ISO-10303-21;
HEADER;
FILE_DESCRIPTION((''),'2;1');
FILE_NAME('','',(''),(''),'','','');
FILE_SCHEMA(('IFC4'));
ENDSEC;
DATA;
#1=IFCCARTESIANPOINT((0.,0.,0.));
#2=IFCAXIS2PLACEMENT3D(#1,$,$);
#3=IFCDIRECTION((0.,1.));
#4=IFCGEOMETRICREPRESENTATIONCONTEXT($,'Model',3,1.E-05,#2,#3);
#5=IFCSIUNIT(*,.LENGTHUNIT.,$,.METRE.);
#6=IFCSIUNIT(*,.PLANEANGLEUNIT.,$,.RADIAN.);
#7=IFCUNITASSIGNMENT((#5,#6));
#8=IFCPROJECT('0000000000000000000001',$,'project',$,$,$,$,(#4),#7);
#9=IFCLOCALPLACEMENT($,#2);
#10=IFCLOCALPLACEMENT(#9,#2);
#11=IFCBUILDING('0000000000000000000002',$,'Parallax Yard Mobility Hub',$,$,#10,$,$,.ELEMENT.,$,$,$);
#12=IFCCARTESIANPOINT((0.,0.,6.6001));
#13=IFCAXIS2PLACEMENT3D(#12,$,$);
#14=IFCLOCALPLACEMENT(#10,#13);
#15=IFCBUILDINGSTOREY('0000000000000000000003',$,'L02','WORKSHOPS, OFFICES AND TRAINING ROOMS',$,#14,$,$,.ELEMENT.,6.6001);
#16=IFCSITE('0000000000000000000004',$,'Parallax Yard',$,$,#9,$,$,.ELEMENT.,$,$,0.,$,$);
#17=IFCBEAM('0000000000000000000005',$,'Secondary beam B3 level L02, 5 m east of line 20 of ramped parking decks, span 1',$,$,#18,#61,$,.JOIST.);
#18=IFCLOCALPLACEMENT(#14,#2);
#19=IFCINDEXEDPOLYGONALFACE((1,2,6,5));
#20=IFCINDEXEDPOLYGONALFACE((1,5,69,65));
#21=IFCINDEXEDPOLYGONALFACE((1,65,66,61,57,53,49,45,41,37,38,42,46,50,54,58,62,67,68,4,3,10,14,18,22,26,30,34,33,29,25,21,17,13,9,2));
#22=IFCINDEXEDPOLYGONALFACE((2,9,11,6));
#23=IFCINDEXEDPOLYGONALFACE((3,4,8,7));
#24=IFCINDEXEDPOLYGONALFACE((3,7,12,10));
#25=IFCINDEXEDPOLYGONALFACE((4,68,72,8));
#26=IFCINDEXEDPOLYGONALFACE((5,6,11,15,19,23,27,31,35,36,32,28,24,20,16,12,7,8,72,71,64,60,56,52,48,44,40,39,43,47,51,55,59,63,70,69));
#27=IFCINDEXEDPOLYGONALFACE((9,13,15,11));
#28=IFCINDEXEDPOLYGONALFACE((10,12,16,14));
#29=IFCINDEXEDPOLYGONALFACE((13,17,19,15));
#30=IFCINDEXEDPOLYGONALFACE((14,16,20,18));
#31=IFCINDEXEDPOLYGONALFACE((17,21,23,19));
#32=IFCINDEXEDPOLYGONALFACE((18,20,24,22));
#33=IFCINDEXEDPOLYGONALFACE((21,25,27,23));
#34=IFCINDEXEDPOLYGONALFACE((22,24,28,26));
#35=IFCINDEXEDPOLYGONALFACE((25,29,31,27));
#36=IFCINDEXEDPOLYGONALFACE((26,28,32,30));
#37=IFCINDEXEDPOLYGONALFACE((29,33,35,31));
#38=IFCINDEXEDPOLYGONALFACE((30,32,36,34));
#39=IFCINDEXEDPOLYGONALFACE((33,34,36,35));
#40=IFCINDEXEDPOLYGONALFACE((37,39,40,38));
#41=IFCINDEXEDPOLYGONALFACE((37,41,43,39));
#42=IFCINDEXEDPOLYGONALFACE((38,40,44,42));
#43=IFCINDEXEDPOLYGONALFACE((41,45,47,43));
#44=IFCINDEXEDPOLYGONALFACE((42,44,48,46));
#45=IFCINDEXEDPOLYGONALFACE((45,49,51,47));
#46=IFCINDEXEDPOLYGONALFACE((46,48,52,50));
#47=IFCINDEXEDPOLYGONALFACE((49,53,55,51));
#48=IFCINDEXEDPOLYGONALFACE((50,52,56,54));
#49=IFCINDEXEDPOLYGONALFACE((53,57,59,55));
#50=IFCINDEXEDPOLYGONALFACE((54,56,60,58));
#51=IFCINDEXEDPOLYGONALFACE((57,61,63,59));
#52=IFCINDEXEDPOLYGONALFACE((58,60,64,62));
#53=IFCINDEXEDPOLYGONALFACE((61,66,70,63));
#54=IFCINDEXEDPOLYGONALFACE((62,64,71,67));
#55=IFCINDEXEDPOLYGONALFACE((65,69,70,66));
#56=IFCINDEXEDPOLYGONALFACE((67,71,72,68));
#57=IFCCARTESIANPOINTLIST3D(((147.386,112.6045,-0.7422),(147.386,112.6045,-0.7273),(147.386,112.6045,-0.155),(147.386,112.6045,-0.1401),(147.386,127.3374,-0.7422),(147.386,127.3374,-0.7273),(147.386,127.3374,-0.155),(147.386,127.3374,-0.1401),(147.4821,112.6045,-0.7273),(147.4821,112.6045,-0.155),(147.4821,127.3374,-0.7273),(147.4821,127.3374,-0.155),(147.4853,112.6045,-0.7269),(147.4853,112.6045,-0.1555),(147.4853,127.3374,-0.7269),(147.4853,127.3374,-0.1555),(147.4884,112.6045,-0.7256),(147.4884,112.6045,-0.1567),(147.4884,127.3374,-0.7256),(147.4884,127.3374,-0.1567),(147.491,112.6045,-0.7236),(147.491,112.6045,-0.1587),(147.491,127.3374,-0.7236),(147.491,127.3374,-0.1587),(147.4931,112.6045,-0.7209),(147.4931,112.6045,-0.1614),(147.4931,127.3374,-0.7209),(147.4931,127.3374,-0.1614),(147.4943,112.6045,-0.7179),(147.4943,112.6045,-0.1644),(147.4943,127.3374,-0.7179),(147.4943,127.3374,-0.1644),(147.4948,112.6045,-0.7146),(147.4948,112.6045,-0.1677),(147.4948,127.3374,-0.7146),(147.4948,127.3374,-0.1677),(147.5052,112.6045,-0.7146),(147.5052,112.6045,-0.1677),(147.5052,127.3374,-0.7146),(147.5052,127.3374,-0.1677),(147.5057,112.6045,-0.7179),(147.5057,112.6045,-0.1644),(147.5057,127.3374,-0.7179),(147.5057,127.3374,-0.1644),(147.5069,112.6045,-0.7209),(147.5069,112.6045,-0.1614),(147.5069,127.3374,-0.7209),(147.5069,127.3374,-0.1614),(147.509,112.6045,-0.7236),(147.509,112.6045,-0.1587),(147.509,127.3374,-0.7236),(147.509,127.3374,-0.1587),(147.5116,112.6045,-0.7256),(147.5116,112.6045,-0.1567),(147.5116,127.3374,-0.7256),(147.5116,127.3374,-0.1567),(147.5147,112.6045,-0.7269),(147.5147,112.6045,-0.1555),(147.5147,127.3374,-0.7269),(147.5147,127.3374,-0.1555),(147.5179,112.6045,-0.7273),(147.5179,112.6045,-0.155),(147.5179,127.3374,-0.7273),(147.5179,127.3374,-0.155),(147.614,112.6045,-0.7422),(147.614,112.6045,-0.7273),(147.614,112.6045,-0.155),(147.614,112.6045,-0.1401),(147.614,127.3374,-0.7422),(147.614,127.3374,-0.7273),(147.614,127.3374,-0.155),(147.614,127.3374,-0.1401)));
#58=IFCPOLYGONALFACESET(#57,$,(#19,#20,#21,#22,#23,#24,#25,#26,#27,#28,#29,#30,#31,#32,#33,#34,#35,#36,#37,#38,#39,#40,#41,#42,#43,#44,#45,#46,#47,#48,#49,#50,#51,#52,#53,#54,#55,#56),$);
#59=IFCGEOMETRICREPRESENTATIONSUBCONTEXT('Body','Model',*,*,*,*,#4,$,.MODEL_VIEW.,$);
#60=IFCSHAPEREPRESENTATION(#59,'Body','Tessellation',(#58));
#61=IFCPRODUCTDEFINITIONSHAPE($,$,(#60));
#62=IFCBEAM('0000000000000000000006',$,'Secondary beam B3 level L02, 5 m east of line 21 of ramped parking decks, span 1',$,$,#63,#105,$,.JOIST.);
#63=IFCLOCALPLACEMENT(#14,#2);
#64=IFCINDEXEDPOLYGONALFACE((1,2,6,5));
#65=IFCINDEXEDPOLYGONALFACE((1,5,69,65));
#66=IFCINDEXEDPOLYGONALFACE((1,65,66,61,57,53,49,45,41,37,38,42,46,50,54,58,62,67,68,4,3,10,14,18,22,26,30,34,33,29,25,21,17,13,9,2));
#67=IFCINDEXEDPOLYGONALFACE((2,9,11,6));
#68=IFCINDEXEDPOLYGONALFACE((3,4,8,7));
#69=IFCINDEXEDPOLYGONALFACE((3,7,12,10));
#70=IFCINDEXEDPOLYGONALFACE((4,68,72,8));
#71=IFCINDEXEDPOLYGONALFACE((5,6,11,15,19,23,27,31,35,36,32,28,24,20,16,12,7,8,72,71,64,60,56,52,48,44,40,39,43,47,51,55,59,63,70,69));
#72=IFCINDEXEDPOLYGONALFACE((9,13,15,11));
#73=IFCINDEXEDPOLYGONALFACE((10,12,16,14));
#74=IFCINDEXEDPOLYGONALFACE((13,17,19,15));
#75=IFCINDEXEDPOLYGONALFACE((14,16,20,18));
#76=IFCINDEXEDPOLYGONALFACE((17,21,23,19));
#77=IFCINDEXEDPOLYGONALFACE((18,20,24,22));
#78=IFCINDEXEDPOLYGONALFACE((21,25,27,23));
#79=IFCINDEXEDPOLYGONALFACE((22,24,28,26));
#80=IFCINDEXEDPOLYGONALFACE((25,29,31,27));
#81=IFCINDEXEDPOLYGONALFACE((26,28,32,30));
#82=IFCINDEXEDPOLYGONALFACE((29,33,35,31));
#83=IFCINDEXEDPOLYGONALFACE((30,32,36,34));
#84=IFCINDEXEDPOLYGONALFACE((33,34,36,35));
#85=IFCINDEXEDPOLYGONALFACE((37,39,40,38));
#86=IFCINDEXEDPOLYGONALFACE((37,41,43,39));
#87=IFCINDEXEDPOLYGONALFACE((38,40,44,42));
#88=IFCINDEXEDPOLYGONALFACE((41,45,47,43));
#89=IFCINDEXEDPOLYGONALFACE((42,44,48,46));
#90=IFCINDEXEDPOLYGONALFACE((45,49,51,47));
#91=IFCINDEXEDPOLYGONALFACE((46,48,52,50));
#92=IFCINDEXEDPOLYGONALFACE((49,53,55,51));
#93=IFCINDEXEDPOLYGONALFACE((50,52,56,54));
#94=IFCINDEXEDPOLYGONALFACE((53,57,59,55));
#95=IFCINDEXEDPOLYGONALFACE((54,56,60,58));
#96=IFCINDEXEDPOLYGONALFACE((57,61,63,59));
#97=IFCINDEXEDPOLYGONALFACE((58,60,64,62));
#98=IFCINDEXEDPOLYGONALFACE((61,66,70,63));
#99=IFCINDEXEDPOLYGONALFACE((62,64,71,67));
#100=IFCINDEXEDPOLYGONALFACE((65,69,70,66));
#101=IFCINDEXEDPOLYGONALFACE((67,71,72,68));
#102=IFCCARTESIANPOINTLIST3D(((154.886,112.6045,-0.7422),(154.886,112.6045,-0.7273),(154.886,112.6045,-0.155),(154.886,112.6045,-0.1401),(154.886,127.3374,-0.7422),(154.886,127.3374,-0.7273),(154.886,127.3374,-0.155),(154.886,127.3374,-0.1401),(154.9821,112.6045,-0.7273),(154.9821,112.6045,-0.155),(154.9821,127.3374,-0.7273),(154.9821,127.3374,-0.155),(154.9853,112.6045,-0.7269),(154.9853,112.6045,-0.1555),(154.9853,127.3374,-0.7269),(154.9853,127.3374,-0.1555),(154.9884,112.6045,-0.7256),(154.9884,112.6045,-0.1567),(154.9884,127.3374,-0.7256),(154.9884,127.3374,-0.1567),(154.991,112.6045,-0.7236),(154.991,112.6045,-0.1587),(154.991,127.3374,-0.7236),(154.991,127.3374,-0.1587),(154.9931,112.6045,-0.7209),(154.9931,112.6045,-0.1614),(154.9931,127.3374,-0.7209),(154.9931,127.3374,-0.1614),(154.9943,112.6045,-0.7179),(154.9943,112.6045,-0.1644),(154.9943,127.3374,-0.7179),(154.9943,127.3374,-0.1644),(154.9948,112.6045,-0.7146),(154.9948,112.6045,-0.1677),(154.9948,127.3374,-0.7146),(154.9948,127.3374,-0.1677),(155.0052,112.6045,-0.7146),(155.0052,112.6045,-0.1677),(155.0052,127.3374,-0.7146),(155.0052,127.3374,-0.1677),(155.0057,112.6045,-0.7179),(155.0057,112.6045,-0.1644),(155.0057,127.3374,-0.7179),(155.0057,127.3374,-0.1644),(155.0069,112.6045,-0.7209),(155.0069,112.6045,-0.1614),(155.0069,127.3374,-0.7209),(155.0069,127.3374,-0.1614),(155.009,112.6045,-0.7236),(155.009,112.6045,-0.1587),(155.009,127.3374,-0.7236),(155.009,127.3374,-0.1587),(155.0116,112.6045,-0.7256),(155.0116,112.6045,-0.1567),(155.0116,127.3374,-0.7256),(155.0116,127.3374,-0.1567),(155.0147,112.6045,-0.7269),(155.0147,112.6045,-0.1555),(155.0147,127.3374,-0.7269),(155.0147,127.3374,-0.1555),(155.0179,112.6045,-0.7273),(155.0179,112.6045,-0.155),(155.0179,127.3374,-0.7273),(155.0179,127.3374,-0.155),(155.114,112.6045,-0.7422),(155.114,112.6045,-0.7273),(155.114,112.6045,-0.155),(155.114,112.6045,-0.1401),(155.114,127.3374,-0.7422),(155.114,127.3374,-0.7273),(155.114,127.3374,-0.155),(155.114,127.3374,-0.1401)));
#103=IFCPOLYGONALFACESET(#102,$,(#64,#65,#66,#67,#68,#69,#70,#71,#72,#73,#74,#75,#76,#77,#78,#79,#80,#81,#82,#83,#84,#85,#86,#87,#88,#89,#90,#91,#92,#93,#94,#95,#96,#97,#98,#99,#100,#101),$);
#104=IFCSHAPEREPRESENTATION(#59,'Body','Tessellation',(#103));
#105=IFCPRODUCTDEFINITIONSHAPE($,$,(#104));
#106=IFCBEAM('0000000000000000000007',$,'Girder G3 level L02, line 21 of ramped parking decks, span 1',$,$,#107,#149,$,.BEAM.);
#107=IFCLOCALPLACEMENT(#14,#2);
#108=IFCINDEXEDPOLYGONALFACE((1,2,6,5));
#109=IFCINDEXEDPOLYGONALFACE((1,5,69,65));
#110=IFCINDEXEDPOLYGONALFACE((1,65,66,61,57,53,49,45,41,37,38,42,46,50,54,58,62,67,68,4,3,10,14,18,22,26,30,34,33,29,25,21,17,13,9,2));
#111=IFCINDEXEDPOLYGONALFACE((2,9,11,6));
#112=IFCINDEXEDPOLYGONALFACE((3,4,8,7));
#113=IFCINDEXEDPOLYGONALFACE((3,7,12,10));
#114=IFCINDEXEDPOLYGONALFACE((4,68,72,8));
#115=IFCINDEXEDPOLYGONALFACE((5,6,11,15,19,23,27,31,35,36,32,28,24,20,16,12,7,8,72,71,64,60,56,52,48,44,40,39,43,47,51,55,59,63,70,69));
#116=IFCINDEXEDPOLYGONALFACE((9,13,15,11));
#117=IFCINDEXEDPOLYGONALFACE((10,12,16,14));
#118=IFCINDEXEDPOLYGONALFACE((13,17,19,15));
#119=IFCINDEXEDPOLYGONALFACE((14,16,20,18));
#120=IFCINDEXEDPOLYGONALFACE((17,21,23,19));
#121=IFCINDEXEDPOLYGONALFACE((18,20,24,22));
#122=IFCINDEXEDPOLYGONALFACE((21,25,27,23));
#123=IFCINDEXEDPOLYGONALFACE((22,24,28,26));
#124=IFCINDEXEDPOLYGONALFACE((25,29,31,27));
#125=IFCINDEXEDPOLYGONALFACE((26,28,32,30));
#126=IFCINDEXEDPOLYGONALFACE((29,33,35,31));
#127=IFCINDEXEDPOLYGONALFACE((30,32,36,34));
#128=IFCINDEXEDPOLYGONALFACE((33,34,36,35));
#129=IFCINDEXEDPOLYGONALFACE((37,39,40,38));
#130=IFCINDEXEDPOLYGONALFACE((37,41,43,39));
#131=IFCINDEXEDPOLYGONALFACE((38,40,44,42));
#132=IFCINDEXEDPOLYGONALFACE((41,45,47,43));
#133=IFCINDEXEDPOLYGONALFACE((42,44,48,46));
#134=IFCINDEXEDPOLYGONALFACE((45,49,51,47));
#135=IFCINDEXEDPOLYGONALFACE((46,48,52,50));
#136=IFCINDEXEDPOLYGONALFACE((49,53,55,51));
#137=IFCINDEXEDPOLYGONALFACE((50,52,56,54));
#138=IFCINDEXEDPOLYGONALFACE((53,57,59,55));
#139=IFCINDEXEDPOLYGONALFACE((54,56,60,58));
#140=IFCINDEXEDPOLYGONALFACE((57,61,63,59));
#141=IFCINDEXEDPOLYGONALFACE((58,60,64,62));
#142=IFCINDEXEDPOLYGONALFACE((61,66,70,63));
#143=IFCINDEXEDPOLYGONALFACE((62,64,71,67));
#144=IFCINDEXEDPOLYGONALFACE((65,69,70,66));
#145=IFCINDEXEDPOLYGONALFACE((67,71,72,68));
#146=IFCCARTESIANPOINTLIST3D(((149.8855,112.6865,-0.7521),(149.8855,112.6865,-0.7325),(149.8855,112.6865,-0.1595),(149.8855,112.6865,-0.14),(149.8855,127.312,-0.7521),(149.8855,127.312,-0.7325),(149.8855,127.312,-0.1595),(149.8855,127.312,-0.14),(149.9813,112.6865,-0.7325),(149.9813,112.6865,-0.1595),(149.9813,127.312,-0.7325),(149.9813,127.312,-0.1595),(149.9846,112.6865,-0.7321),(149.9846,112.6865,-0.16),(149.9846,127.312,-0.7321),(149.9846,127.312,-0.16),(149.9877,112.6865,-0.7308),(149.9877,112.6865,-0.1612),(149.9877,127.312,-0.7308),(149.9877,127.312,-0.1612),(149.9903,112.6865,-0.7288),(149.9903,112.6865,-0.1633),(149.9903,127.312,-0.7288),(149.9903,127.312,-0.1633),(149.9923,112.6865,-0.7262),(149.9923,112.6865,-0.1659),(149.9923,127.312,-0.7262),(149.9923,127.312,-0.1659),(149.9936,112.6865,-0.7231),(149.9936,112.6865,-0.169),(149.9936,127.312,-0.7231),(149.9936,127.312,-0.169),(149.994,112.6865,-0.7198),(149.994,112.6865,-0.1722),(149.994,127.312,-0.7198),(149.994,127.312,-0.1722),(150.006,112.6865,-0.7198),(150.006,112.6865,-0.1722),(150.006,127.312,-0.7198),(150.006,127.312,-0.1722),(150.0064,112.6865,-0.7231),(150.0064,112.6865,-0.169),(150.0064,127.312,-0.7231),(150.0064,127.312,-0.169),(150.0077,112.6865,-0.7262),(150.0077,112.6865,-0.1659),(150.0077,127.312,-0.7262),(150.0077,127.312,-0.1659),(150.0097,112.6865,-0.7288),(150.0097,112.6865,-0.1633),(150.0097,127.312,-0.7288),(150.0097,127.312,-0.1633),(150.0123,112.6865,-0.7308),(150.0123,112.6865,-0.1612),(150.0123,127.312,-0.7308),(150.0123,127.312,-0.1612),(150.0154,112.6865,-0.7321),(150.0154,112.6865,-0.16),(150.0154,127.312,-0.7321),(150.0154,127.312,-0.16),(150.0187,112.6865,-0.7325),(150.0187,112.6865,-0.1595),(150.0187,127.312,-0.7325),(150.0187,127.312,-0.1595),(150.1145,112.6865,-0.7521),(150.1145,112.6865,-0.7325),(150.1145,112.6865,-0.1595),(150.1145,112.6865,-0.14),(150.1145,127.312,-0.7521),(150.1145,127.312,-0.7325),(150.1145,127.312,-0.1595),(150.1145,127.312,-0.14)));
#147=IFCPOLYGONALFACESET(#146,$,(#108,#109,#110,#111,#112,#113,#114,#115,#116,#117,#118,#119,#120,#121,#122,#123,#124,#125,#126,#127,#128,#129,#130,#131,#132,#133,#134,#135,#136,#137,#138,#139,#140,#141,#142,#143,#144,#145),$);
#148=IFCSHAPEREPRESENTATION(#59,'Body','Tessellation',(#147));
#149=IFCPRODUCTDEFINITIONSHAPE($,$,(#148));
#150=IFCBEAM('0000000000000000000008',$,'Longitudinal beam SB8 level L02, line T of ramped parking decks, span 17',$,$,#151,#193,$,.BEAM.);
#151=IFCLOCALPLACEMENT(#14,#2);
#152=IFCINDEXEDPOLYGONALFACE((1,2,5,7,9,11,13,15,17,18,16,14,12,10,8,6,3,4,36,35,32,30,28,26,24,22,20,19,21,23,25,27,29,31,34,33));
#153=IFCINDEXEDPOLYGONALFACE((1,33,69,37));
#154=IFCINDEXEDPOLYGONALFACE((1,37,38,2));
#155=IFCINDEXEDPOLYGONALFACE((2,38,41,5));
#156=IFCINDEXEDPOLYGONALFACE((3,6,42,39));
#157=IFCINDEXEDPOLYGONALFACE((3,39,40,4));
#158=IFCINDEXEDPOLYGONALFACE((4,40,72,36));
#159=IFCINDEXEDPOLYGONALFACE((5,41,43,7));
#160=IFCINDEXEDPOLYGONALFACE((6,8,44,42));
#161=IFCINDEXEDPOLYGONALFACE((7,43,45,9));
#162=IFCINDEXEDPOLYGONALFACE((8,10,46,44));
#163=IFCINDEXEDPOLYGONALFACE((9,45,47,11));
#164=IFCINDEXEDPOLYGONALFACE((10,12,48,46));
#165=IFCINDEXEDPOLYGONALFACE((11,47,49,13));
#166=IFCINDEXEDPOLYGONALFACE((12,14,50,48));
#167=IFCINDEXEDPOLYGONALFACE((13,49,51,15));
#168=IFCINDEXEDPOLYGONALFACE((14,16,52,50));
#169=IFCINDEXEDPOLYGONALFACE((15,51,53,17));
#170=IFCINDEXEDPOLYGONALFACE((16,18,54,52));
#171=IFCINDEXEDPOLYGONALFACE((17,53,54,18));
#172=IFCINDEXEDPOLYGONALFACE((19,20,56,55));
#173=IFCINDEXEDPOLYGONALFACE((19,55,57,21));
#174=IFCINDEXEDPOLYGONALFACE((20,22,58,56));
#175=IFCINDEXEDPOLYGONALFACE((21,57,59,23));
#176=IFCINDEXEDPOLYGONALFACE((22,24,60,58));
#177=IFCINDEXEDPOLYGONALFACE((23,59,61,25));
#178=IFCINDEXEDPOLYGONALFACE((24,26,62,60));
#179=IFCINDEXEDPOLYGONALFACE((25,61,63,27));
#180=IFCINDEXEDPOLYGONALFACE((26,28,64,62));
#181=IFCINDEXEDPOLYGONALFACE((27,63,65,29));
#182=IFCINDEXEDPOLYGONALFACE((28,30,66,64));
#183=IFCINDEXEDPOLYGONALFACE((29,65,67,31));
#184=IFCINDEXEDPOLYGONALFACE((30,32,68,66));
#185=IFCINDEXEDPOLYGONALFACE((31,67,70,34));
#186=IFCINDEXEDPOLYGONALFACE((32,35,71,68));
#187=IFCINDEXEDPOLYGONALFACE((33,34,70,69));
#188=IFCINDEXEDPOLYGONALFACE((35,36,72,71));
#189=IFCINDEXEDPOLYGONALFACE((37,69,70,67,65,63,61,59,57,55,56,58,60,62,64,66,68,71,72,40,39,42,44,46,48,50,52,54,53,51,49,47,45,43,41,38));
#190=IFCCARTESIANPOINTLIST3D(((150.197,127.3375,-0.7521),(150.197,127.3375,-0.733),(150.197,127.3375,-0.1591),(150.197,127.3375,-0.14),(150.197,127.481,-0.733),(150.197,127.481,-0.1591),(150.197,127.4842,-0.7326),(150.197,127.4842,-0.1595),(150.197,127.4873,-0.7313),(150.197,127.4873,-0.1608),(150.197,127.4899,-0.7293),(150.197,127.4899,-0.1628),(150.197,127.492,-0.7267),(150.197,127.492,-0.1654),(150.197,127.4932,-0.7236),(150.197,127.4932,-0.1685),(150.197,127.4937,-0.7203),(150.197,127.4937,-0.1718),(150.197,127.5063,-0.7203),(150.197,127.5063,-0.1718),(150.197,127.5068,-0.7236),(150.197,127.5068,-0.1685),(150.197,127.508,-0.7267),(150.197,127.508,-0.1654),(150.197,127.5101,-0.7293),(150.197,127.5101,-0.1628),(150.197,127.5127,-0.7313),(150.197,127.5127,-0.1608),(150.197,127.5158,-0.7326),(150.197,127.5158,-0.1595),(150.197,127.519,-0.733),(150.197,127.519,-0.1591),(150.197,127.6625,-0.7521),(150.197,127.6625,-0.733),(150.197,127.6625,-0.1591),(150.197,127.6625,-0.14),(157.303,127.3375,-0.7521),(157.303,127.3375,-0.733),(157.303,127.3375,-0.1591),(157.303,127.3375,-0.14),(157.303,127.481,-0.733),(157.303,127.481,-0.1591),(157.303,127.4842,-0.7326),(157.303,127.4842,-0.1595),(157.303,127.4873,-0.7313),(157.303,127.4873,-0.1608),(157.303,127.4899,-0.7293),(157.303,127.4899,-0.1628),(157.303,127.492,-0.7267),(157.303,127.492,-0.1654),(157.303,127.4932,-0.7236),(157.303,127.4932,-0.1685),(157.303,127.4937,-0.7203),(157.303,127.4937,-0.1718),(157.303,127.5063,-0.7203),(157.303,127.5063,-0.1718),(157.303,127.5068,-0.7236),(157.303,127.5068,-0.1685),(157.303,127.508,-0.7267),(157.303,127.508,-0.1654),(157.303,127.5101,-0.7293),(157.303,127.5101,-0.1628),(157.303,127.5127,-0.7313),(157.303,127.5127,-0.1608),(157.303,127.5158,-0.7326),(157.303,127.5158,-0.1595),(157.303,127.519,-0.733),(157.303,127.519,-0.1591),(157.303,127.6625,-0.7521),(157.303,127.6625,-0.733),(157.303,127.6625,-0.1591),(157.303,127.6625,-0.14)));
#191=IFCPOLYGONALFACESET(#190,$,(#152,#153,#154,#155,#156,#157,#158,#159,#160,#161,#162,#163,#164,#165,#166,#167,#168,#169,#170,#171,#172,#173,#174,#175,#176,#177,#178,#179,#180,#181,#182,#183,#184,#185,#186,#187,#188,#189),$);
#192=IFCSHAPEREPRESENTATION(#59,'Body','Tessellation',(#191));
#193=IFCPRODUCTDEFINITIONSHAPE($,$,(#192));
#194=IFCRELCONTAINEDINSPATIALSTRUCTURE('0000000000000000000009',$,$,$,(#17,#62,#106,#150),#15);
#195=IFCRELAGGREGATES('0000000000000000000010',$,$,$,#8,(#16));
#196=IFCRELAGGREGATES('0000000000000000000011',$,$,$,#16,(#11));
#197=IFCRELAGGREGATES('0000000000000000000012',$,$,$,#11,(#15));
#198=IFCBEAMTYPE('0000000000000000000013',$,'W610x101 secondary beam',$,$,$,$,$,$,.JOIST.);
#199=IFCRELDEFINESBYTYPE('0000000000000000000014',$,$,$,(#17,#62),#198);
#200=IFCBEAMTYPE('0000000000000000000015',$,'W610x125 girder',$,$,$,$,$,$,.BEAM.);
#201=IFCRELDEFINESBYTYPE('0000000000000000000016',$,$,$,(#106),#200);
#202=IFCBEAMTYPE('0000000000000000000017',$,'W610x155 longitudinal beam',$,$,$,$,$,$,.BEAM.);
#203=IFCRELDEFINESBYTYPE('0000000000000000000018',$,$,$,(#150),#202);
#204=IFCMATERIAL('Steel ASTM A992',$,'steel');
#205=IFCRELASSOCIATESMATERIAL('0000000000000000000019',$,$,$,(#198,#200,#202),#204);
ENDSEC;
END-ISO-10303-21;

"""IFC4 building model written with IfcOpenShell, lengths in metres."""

from ifc_helpers import new_model, si_unit, direction, frame, origin, origin_2d, place, context, subcontext, project, spatial, i_section, extrude, material, material_profile, profile_set, type_object, element, save


model = new_model("IFC4")

# Units and contexts
model_context = context("Model", 3, precision=1e-05, world=origin(), true_north=direction((0.0, 1.0)))
body_context = subcontext(model_context, "Body", "Model", "MODEL_VIEW")
ifc_project = project(units=[si_unit("LENGTHUNIT", "METRE"), si_unit("PLANEANGLEUNIT", "RADIAN")], contexts=[model_context])

# Site, building, storey
site_placement = place(None, origin())
site = spatial("IfcSite", under=ifc_project, at=site_placement, Name="Parallax Yard", CompositionType="ELEMENT", RefElevation=0.0)
building_placement = place(site_placement, origin())
building = spatial("IfcBuilding", under=site, at=building_placement, Name="Parallax Yard Mobility Hub", CompositionType="ELEMENT")
storey_placement = place(building_placement, frame((0.0, 0.0, 6.6001)))
storey = spatial("IfcBuildingStorey", under=building, at=storey_placement, Name="L02", Description="WORKSHOPS, OFFICES AND TRAINING ROOMS", CompositionType="ELEMENT", Elevation=6.6001)

# Shared definitions
ifc_material_1 = material(Name="Steel ASTM A992", Category="steel")

# Beams
ifc_material_profile_1 = material_profile(ifc_material_1, i_section(OverallWidth=0.228, OverallDepth=0.6021, WebThickness=0.0105, FlangeThickness=0.0149, FilletRadius=0.0127, at=origin_2d()), Name="W610x101")
ifc_profile_set_1 = profile_set([ifc_material_profile_1], Name="Steel ASTM A992")
beam_type_1 = type_object("IfcBeamType", Name="W610x101 secondary beam", PredefinedType="JOIST", material=ifc_profile_set_1)
for number, where, z_axis, x_axis, name in (
    (1, (147.5, 112.6045, -0.4412), (0.0, 1.0, 0.0), (-1.0, 0.0, 0.0), "Secondary beam B3 level L02, 5 m east of line 20 of ramped parking decks, span 1"),
    (2, (155.0, 112.6045, -0.4412), (0.0, 1.0, 0.0), (-1.0, 0.0, 0.0), "Secondary beam B3 level L02, 5 m east of line 21 of ramped parking decks, span 1"),
):
    element("IfcBeam", number, at=place(storey_placement, frame(where, z_axis=z_axis, x_axis=x_axis)), inside=storey, type_object=beam_type_1, Name=name, PredefinedType="JOIST", context=body_context, shape_type="SweptSolid", body=[
        extrude(i_section(OverallWidth=0.228, OverallDepth=0.6021, WebThickness=0.0105, FlangeThickness=0.0149, FilletRadius=0.0127, at=origin_2d()), origin(), (0.0, 0.0, 1.0), 14.7329),
    ])
ifc_material_profile_2 = material_profile(ifc_material_1, i_section(OverallWidth=0.229, OverallDepth=0.6121, WebThickness=0.012, FlangeThickness=0.0195, FilletRadius=0.0127, at=origin_2d()), Name="W610x125")
ifc_profile_set_2 = profile_set([ifc_material_profile_2], Name="Steel ASTM A992")
beam_type_2 = type_object("IfcBeamType", Name="W610x125 girder", PredefinedType="BEAM", material=ifc_profile_set_2)
beam_1_placement = place(storey_placement, frame((150.0, 112.6865, -0.446), z_axis=(0.0, 1.0, 0.0), x_axis=(-1.0, 0.0, 0.0)))
element("IfcBeam", 3, at=beam_1_placement, inside=storey, type_object=beam_type_2, Name="Girder G3 level L02, line 21 of ramped parking decks, span 1", PredefinedType="BEAM", context=body_context, shape_type="SweptSolid", body=[
    extrude(i_section(OverallWidth=0.229, OverallDepth=0.6121, WebThickness=0.012, FlangeThickness=0.0195, FilletRadius=0.0127, at=origin_2d()), origin(), (0.0, 0.0, 1.0), 14.6255),
])
ifc_material_profile_3 = material_profile(ifc_material_1, i_section(OverallWidth=0.325, OverallDepth=0.6121, WebThickness=0.0127, FlangeThickness=0.019, FilletRadius=0.0127, at=origin_2d()), Name="W610x155")
ifc_profile_set_3 = profile_set([ifc_material_profile_3], Name="Steel ASTM A992")
beam_type_3 = type_object("IfcBeamType", Name="W610x155 longitudinal beam", PredefinedType="BEAM", material=ifc_profile_set_3)
beam_2_placement = place(storey_placement, frame((150.197, 127.5, -0.446), z_axis=(1.0, 0.0, 0.0), x_axis=(0.0, 1.0, 0.0)))
element("IfcBeam", 4, at=beam_2_placement, inside=storey, type_object=beam_type_3, Name="Longitudinal beam SB8 level L02, line T of ramped parking decks, span 17", PredefinedType="BEAM", context=body_context, shape_type="SweptSolid", body=[
    extrude(i_section(OverallWidth=0.325, OverallDepth=0.6121, WebThickness=0.0127, FlangeThickness=0.019, FilletRadius=0.0127, at=origin_2d()), origin(), (0.0, 0.0, 1.0), 7.106),
])

save(model, "model.ifc")
